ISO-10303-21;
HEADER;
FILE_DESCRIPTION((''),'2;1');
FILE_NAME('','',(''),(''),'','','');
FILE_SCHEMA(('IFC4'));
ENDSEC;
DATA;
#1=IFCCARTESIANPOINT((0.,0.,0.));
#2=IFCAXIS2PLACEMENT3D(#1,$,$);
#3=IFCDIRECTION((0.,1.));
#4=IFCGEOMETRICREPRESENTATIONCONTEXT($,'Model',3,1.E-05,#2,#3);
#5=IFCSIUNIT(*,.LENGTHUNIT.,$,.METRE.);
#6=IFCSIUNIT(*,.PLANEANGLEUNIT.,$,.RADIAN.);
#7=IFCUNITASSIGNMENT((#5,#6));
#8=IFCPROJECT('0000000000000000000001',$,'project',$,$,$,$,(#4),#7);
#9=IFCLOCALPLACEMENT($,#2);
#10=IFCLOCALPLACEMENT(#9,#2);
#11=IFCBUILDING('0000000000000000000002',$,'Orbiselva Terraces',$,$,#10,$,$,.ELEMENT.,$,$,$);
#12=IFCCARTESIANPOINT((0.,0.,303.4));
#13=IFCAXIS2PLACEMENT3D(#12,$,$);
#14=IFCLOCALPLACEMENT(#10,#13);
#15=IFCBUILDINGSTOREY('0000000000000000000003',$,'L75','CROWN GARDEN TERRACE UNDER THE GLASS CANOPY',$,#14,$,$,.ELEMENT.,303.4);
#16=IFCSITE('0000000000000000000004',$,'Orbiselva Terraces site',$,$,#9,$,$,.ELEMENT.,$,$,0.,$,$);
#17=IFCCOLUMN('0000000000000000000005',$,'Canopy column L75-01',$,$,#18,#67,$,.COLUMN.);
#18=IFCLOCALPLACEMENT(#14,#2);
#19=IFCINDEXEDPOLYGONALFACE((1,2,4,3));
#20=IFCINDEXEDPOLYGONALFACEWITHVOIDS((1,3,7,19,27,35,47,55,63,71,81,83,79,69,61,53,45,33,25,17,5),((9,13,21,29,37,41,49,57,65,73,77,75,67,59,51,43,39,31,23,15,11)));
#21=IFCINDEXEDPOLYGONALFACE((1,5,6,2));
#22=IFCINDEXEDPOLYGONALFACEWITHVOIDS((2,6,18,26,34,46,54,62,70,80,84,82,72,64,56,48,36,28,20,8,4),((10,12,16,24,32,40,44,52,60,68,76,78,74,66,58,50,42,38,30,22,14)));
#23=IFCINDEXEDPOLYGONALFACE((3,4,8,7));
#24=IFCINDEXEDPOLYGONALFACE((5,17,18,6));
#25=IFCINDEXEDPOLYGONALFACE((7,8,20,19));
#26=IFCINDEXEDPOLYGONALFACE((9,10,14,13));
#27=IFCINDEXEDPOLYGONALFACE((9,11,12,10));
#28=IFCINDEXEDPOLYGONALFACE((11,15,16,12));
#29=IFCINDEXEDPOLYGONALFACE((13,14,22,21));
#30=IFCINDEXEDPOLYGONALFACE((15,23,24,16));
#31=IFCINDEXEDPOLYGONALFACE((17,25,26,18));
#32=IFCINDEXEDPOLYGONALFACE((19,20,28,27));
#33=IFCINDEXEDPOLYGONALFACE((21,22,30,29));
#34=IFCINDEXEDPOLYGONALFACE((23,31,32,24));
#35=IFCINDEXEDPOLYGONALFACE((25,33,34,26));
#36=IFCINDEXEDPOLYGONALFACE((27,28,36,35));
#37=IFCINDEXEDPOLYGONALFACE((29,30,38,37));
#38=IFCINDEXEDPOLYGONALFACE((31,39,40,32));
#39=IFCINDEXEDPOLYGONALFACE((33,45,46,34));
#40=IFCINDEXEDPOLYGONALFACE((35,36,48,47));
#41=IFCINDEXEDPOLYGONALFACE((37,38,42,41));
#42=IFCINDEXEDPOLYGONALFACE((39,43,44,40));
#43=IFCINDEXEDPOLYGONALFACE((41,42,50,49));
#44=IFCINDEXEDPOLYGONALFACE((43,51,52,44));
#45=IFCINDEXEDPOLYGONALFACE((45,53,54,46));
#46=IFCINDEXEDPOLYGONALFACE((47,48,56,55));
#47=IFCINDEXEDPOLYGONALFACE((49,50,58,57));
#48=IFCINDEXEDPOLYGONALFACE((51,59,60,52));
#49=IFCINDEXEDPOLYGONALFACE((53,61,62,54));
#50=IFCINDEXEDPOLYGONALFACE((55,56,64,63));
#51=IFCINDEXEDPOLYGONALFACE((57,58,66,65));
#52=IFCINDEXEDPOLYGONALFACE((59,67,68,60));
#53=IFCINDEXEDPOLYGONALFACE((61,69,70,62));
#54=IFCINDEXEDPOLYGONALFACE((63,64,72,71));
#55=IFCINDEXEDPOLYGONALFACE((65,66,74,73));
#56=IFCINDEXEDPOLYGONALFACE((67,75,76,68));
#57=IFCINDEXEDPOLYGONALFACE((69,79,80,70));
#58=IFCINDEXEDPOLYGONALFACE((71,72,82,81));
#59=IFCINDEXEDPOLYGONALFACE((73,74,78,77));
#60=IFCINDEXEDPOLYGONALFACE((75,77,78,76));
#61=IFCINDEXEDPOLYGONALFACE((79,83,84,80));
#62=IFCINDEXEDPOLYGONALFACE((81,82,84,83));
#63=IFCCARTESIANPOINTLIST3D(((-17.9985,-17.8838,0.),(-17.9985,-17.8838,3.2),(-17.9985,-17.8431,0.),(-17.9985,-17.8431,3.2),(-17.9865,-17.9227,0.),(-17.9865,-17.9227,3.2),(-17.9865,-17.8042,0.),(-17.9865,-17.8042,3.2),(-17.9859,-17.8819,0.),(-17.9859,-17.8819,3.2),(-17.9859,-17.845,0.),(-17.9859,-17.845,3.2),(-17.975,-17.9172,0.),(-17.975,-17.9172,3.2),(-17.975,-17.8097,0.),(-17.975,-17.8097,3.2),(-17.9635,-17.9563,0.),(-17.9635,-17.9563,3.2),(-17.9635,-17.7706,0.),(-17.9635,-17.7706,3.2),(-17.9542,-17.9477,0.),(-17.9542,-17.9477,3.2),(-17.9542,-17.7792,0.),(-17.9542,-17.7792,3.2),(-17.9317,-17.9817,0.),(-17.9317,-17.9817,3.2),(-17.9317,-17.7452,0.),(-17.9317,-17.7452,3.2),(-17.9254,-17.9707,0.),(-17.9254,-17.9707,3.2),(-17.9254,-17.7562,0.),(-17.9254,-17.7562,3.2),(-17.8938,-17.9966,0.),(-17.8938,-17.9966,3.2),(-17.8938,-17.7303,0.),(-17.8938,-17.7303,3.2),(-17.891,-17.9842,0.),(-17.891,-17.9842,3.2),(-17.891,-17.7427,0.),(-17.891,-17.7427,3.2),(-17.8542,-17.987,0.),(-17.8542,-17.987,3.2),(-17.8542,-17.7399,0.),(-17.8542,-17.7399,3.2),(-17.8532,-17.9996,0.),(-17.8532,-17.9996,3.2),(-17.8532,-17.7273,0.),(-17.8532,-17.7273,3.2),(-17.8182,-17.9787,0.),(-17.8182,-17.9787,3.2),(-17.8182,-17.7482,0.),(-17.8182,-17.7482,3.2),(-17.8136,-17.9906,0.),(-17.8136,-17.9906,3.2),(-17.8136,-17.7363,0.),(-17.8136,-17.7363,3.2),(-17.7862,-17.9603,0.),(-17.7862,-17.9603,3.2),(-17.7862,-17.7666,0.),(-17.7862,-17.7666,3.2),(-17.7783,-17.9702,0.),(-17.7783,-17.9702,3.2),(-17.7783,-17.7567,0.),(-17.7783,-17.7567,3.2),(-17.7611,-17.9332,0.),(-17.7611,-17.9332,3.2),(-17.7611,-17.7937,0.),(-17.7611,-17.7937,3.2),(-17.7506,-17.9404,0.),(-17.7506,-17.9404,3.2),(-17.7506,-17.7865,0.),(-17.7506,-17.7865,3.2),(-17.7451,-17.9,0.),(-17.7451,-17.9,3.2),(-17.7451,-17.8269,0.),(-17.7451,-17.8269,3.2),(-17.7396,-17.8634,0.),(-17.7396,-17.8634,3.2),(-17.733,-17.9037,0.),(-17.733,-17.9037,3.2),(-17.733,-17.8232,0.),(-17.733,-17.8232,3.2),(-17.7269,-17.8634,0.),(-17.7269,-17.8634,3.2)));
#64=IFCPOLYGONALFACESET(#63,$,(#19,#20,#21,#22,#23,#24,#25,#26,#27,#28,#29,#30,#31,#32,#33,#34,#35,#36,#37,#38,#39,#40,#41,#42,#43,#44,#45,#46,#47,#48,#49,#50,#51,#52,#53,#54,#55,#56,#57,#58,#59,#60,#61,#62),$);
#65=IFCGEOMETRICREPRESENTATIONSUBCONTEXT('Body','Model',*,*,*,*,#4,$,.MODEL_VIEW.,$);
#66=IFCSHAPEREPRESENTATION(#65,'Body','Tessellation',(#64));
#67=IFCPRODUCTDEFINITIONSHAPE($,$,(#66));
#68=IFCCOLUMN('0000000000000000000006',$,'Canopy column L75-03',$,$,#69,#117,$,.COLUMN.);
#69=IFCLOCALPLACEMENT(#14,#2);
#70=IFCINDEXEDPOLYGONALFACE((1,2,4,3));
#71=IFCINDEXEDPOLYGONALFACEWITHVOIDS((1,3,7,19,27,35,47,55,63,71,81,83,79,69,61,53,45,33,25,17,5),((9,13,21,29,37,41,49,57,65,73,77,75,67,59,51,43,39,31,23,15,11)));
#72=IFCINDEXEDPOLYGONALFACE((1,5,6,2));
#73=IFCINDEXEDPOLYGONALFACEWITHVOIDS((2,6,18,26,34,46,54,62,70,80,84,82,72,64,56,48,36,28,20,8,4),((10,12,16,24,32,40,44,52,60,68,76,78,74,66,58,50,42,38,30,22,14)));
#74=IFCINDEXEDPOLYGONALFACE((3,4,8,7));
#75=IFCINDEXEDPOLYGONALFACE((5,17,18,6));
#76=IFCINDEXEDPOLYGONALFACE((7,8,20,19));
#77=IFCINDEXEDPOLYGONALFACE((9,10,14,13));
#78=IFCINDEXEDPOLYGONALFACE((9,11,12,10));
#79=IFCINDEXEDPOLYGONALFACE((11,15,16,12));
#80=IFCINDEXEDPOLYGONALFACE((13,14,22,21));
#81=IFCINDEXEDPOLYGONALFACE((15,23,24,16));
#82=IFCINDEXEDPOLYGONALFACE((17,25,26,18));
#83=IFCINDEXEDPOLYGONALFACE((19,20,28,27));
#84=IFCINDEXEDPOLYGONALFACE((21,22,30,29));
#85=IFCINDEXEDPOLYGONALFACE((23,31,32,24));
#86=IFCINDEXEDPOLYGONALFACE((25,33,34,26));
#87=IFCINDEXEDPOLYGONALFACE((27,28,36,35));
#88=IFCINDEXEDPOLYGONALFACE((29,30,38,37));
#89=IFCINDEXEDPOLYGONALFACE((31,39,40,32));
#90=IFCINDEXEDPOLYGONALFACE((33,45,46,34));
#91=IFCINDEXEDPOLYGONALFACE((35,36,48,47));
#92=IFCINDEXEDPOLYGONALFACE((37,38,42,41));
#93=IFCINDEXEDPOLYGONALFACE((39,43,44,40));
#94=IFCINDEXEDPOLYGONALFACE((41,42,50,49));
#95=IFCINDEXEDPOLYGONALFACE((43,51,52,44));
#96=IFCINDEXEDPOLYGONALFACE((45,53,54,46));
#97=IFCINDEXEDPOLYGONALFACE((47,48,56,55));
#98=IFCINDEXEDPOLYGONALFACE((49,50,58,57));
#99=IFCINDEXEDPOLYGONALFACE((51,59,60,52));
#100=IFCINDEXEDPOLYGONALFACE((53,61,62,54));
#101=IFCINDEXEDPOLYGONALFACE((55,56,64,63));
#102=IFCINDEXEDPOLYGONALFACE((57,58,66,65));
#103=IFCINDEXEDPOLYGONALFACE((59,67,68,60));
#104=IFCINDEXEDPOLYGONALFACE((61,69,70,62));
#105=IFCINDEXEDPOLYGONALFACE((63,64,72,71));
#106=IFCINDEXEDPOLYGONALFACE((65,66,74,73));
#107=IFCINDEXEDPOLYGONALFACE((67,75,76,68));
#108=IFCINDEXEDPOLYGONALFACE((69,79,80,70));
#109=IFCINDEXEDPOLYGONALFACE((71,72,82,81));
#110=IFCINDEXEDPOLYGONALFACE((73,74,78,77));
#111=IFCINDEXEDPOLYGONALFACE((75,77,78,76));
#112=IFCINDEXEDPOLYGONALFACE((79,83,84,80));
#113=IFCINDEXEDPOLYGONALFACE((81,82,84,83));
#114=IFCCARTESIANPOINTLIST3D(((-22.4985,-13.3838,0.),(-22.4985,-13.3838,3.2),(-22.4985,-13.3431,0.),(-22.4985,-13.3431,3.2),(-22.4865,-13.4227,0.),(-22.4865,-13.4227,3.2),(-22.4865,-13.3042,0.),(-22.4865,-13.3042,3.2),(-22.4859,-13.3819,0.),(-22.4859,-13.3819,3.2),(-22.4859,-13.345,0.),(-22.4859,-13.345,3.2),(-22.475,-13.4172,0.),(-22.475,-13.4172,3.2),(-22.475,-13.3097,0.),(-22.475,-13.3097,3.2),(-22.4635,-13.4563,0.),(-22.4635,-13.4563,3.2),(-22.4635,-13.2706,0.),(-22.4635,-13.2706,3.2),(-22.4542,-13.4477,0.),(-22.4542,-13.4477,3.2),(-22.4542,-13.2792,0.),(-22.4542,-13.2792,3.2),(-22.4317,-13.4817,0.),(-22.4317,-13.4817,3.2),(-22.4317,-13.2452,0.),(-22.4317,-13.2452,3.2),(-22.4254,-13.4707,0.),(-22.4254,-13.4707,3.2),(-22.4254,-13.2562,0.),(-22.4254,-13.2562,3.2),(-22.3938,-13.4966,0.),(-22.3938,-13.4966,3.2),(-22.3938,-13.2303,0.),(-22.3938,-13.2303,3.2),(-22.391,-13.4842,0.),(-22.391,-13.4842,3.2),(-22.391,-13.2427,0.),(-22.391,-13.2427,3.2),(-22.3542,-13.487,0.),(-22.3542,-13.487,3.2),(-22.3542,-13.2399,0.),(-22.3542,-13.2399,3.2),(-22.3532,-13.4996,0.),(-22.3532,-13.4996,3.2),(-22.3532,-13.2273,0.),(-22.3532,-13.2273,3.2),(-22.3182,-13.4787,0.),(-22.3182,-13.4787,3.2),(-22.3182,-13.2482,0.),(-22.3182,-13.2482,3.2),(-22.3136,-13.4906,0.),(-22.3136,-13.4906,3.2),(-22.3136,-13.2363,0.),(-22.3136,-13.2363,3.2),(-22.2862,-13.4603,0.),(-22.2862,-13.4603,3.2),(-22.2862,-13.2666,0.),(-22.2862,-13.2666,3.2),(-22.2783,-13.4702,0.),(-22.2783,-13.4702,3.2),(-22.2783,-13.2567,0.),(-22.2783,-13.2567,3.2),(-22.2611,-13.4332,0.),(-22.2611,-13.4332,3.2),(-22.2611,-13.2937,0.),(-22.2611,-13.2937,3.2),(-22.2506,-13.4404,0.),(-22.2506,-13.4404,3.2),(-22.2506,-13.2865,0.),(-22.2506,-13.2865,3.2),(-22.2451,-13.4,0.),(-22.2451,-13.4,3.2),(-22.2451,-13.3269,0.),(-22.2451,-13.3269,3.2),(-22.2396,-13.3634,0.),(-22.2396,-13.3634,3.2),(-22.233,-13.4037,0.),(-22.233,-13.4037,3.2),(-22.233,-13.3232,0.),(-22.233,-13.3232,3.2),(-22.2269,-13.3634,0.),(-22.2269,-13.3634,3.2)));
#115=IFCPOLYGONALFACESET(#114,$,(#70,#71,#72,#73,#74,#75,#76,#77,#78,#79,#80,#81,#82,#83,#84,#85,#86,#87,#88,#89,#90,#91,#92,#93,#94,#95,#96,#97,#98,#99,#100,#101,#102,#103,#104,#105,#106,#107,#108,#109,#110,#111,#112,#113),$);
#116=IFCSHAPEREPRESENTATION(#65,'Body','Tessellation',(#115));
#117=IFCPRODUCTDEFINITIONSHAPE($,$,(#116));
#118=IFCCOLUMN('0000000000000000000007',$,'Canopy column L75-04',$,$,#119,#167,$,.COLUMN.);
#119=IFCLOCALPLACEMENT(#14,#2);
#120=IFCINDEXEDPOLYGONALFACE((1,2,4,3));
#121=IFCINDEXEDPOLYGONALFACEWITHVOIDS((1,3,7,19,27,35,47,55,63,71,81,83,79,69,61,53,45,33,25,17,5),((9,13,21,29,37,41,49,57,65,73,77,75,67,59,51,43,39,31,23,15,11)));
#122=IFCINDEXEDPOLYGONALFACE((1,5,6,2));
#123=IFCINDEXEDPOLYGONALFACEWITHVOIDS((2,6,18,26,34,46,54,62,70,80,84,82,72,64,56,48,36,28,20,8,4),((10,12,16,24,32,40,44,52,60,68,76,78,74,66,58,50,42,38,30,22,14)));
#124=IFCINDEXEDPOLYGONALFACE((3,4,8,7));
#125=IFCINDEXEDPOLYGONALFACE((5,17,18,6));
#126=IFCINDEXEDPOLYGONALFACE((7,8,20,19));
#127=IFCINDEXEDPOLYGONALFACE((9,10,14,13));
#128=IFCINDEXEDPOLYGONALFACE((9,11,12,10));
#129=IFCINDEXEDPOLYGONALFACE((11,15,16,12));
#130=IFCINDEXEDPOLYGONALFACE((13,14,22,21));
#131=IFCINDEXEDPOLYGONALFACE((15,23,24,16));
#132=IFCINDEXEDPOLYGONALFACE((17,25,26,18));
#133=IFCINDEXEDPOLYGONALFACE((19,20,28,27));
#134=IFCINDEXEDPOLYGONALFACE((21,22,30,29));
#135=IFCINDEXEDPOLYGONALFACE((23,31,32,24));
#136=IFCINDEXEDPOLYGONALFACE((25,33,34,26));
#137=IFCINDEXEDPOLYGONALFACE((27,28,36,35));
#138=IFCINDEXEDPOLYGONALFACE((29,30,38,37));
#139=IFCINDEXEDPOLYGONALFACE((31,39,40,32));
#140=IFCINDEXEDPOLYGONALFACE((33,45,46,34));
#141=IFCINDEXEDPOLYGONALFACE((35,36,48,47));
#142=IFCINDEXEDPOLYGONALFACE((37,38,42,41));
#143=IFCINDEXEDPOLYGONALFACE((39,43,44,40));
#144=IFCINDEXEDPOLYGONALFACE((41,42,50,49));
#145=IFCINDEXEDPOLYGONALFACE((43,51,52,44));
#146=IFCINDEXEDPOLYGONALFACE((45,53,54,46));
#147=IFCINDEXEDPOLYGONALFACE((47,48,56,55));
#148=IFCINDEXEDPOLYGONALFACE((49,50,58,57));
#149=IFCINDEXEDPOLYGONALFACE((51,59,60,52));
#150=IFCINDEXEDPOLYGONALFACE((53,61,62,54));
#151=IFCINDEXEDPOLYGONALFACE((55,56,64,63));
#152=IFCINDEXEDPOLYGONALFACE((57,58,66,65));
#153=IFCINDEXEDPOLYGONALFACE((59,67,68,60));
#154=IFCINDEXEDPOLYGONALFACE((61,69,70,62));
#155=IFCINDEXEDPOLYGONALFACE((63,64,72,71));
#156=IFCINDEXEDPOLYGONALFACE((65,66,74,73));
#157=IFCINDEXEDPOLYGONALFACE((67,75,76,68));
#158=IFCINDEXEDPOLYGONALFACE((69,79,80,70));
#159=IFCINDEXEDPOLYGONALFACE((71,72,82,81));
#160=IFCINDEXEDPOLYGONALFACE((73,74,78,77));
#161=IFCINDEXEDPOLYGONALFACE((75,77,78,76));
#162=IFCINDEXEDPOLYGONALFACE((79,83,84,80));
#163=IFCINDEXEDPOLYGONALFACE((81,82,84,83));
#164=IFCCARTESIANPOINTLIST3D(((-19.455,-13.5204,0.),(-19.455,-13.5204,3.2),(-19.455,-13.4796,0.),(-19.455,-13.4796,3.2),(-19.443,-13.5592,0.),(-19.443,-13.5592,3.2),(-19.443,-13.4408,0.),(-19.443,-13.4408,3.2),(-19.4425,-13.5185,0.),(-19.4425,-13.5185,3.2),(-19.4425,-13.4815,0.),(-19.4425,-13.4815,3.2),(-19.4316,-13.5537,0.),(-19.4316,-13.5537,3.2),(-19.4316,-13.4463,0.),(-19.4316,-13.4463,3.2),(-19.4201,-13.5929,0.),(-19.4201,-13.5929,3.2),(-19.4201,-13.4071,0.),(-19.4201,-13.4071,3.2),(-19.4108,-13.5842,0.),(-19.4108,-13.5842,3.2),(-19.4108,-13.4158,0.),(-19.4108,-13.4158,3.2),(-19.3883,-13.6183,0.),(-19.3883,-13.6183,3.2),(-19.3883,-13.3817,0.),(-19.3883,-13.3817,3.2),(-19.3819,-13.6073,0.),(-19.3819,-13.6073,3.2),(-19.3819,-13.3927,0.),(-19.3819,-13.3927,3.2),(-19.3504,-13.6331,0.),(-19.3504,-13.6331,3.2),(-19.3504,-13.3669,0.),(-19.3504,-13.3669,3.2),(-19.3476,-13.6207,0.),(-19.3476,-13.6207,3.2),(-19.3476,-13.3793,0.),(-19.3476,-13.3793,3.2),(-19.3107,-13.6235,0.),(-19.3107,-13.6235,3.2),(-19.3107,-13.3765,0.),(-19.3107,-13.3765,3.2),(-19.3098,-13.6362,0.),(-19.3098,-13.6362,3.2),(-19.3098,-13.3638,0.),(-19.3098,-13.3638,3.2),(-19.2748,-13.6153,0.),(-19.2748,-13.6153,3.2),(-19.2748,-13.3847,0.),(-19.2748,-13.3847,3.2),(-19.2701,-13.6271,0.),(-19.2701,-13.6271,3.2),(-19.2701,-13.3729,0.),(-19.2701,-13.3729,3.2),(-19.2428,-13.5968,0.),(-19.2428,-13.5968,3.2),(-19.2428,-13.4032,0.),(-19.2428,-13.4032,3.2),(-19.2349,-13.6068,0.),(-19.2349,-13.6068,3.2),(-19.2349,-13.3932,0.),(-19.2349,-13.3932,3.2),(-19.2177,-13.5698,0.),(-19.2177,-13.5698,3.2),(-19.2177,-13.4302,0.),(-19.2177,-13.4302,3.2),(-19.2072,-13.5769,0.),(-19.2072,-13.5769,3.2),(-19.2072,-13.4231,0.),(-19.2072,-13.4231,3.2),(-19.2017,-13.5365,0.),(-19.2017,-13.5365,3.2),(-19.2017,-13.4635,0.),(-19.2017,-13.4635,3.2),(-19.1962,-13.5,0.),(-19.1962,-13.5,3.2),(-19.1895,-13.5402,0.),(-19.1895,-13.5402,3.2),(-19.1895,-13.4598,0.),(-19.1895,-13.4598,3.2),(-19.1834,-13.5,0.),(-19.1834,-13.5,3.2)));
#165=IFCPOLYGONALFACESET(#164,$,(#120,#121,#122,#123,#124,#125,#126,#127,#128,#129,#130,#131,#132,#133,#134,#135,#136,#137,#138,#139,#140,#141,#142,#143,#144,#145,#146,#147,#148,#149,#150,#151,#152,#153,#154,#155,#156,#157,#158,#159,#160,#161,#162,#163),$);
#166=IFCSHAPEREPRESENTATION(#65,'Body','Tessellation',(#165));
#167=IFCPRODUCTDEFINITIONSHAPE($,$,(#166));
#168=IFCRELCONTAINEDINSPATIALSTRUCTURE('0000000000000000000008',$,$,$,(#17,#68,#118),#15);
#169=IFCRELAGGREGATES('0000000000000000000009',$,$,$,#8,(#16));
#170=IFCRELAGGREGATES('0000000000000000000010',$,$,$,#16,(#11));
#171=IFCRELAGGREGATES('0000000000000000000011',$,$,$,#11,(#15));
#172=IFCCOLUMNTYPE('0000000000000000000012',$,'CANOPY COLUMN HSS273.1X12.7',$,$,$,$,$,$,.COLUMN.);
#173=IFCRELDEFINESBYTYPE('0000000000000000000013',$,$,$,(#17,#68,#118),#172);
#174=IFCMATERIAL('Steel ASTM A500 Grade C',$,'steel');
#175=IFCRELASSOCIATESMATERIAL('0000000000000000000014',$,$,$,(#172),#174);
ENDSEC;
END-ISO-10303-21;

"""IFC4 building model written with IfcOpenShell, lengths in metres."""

from ifc_helpers import new_model, si_unit, direction, frame, origin, origin_2d, place, context, subcontext, project, spatial, hollow_circle, extrude, material, material_profile, profile_set, type_object, element, save


model = new_model("IFC4")

# Units and contexts
model_context = context("Model", 3, precision=1e-05, world=origin(), true_north=direction((0.0, 1.0)))
body_context = subcontext(model_context, "Body", "Model", "MODEL_VIEW")
ifc_project = project(units=[si_unit("LENGTHUNIT", "METRE"), si_unit("PLANEANGLEUNIT", "RADIAN")], contexts=[model_context])

# Site, building, storey
site_placement = place(None, origin())
site = spatial("IfcSite", under=ifc_project, at=site_placement, Name="Orbiselva Terraces site", CompositionType="ELEMENT", RefElevation=0.0)
building_placement = place(site_placement, origin())
building = spatial("IfcBuilding", under=site, at=building_placement, Name="Orbiselva Terraces", CompositionType="ELEMENT")
storey_placement = place(building_placement, frame((0.0, 0.0, 303.4)))
storey = spatial("IfcBuildingStorey", under=building, at=storey_placement, Name="L75", Description="CROWN GARDEN TERRACE UNDER THE GLASS CANOPY", CompositionType="ELEMENT", Elevation=303.4)

# Columns
ifc_material_1 = material(Name="Steel ASTM A500 Grade C", Category="steel")
ifc_material_profile = material_profile(ifc_material_1, hollow_circle(Radius=0.1366, WallThickness=0.0127, at=origin_2d()), Name="HSS273.1X12.7")
ifc_profile_set = profile_set([ifc_material_profile], Name="Steel ASTM A500 Grade C")
column_type = type_object("IfcColumnType", Name="CANOPY COLUMN HSS273.1X12.7", PredefinedType="COLUMN", material=ifc_profile_set)
for number, where, z_axis, x_axis, name in (
    (1, (-17.8635, -17.8635, 0.0), (0.0, 0.0, 1.0), (1.0, 0.0, 0.0), "Canopy column L75-01"),
    (2, (-22.3635, -13.3635, 0.0), (0.0, 0.0, 1.0), (1.0, 0.0, 0.0), "Canopy column L75-03"),
    (3, (-19.32, -13.5, 0.0), (0.0, 0.0, 1.0), (1.0, 0.0, 0.0), "Canopy column L75-04"),
):
    element("IfcColumn", number, at=place(storey_placement, frame(where, z_axis=z_axis, x_axis=x_axis)), inside=storey, type_object=column_type, Name=name, PredefinedType="COLUMN", context=body_context, shape_type="SweptSolid", body=[
        extrude(hollow_circle(Radius=0.1366, WallThickness=0.0127, at=origin_2d()), origin(), (0.0, 0.0, 1.0), 3.2),
    ])

save(model, "model.ifc")
